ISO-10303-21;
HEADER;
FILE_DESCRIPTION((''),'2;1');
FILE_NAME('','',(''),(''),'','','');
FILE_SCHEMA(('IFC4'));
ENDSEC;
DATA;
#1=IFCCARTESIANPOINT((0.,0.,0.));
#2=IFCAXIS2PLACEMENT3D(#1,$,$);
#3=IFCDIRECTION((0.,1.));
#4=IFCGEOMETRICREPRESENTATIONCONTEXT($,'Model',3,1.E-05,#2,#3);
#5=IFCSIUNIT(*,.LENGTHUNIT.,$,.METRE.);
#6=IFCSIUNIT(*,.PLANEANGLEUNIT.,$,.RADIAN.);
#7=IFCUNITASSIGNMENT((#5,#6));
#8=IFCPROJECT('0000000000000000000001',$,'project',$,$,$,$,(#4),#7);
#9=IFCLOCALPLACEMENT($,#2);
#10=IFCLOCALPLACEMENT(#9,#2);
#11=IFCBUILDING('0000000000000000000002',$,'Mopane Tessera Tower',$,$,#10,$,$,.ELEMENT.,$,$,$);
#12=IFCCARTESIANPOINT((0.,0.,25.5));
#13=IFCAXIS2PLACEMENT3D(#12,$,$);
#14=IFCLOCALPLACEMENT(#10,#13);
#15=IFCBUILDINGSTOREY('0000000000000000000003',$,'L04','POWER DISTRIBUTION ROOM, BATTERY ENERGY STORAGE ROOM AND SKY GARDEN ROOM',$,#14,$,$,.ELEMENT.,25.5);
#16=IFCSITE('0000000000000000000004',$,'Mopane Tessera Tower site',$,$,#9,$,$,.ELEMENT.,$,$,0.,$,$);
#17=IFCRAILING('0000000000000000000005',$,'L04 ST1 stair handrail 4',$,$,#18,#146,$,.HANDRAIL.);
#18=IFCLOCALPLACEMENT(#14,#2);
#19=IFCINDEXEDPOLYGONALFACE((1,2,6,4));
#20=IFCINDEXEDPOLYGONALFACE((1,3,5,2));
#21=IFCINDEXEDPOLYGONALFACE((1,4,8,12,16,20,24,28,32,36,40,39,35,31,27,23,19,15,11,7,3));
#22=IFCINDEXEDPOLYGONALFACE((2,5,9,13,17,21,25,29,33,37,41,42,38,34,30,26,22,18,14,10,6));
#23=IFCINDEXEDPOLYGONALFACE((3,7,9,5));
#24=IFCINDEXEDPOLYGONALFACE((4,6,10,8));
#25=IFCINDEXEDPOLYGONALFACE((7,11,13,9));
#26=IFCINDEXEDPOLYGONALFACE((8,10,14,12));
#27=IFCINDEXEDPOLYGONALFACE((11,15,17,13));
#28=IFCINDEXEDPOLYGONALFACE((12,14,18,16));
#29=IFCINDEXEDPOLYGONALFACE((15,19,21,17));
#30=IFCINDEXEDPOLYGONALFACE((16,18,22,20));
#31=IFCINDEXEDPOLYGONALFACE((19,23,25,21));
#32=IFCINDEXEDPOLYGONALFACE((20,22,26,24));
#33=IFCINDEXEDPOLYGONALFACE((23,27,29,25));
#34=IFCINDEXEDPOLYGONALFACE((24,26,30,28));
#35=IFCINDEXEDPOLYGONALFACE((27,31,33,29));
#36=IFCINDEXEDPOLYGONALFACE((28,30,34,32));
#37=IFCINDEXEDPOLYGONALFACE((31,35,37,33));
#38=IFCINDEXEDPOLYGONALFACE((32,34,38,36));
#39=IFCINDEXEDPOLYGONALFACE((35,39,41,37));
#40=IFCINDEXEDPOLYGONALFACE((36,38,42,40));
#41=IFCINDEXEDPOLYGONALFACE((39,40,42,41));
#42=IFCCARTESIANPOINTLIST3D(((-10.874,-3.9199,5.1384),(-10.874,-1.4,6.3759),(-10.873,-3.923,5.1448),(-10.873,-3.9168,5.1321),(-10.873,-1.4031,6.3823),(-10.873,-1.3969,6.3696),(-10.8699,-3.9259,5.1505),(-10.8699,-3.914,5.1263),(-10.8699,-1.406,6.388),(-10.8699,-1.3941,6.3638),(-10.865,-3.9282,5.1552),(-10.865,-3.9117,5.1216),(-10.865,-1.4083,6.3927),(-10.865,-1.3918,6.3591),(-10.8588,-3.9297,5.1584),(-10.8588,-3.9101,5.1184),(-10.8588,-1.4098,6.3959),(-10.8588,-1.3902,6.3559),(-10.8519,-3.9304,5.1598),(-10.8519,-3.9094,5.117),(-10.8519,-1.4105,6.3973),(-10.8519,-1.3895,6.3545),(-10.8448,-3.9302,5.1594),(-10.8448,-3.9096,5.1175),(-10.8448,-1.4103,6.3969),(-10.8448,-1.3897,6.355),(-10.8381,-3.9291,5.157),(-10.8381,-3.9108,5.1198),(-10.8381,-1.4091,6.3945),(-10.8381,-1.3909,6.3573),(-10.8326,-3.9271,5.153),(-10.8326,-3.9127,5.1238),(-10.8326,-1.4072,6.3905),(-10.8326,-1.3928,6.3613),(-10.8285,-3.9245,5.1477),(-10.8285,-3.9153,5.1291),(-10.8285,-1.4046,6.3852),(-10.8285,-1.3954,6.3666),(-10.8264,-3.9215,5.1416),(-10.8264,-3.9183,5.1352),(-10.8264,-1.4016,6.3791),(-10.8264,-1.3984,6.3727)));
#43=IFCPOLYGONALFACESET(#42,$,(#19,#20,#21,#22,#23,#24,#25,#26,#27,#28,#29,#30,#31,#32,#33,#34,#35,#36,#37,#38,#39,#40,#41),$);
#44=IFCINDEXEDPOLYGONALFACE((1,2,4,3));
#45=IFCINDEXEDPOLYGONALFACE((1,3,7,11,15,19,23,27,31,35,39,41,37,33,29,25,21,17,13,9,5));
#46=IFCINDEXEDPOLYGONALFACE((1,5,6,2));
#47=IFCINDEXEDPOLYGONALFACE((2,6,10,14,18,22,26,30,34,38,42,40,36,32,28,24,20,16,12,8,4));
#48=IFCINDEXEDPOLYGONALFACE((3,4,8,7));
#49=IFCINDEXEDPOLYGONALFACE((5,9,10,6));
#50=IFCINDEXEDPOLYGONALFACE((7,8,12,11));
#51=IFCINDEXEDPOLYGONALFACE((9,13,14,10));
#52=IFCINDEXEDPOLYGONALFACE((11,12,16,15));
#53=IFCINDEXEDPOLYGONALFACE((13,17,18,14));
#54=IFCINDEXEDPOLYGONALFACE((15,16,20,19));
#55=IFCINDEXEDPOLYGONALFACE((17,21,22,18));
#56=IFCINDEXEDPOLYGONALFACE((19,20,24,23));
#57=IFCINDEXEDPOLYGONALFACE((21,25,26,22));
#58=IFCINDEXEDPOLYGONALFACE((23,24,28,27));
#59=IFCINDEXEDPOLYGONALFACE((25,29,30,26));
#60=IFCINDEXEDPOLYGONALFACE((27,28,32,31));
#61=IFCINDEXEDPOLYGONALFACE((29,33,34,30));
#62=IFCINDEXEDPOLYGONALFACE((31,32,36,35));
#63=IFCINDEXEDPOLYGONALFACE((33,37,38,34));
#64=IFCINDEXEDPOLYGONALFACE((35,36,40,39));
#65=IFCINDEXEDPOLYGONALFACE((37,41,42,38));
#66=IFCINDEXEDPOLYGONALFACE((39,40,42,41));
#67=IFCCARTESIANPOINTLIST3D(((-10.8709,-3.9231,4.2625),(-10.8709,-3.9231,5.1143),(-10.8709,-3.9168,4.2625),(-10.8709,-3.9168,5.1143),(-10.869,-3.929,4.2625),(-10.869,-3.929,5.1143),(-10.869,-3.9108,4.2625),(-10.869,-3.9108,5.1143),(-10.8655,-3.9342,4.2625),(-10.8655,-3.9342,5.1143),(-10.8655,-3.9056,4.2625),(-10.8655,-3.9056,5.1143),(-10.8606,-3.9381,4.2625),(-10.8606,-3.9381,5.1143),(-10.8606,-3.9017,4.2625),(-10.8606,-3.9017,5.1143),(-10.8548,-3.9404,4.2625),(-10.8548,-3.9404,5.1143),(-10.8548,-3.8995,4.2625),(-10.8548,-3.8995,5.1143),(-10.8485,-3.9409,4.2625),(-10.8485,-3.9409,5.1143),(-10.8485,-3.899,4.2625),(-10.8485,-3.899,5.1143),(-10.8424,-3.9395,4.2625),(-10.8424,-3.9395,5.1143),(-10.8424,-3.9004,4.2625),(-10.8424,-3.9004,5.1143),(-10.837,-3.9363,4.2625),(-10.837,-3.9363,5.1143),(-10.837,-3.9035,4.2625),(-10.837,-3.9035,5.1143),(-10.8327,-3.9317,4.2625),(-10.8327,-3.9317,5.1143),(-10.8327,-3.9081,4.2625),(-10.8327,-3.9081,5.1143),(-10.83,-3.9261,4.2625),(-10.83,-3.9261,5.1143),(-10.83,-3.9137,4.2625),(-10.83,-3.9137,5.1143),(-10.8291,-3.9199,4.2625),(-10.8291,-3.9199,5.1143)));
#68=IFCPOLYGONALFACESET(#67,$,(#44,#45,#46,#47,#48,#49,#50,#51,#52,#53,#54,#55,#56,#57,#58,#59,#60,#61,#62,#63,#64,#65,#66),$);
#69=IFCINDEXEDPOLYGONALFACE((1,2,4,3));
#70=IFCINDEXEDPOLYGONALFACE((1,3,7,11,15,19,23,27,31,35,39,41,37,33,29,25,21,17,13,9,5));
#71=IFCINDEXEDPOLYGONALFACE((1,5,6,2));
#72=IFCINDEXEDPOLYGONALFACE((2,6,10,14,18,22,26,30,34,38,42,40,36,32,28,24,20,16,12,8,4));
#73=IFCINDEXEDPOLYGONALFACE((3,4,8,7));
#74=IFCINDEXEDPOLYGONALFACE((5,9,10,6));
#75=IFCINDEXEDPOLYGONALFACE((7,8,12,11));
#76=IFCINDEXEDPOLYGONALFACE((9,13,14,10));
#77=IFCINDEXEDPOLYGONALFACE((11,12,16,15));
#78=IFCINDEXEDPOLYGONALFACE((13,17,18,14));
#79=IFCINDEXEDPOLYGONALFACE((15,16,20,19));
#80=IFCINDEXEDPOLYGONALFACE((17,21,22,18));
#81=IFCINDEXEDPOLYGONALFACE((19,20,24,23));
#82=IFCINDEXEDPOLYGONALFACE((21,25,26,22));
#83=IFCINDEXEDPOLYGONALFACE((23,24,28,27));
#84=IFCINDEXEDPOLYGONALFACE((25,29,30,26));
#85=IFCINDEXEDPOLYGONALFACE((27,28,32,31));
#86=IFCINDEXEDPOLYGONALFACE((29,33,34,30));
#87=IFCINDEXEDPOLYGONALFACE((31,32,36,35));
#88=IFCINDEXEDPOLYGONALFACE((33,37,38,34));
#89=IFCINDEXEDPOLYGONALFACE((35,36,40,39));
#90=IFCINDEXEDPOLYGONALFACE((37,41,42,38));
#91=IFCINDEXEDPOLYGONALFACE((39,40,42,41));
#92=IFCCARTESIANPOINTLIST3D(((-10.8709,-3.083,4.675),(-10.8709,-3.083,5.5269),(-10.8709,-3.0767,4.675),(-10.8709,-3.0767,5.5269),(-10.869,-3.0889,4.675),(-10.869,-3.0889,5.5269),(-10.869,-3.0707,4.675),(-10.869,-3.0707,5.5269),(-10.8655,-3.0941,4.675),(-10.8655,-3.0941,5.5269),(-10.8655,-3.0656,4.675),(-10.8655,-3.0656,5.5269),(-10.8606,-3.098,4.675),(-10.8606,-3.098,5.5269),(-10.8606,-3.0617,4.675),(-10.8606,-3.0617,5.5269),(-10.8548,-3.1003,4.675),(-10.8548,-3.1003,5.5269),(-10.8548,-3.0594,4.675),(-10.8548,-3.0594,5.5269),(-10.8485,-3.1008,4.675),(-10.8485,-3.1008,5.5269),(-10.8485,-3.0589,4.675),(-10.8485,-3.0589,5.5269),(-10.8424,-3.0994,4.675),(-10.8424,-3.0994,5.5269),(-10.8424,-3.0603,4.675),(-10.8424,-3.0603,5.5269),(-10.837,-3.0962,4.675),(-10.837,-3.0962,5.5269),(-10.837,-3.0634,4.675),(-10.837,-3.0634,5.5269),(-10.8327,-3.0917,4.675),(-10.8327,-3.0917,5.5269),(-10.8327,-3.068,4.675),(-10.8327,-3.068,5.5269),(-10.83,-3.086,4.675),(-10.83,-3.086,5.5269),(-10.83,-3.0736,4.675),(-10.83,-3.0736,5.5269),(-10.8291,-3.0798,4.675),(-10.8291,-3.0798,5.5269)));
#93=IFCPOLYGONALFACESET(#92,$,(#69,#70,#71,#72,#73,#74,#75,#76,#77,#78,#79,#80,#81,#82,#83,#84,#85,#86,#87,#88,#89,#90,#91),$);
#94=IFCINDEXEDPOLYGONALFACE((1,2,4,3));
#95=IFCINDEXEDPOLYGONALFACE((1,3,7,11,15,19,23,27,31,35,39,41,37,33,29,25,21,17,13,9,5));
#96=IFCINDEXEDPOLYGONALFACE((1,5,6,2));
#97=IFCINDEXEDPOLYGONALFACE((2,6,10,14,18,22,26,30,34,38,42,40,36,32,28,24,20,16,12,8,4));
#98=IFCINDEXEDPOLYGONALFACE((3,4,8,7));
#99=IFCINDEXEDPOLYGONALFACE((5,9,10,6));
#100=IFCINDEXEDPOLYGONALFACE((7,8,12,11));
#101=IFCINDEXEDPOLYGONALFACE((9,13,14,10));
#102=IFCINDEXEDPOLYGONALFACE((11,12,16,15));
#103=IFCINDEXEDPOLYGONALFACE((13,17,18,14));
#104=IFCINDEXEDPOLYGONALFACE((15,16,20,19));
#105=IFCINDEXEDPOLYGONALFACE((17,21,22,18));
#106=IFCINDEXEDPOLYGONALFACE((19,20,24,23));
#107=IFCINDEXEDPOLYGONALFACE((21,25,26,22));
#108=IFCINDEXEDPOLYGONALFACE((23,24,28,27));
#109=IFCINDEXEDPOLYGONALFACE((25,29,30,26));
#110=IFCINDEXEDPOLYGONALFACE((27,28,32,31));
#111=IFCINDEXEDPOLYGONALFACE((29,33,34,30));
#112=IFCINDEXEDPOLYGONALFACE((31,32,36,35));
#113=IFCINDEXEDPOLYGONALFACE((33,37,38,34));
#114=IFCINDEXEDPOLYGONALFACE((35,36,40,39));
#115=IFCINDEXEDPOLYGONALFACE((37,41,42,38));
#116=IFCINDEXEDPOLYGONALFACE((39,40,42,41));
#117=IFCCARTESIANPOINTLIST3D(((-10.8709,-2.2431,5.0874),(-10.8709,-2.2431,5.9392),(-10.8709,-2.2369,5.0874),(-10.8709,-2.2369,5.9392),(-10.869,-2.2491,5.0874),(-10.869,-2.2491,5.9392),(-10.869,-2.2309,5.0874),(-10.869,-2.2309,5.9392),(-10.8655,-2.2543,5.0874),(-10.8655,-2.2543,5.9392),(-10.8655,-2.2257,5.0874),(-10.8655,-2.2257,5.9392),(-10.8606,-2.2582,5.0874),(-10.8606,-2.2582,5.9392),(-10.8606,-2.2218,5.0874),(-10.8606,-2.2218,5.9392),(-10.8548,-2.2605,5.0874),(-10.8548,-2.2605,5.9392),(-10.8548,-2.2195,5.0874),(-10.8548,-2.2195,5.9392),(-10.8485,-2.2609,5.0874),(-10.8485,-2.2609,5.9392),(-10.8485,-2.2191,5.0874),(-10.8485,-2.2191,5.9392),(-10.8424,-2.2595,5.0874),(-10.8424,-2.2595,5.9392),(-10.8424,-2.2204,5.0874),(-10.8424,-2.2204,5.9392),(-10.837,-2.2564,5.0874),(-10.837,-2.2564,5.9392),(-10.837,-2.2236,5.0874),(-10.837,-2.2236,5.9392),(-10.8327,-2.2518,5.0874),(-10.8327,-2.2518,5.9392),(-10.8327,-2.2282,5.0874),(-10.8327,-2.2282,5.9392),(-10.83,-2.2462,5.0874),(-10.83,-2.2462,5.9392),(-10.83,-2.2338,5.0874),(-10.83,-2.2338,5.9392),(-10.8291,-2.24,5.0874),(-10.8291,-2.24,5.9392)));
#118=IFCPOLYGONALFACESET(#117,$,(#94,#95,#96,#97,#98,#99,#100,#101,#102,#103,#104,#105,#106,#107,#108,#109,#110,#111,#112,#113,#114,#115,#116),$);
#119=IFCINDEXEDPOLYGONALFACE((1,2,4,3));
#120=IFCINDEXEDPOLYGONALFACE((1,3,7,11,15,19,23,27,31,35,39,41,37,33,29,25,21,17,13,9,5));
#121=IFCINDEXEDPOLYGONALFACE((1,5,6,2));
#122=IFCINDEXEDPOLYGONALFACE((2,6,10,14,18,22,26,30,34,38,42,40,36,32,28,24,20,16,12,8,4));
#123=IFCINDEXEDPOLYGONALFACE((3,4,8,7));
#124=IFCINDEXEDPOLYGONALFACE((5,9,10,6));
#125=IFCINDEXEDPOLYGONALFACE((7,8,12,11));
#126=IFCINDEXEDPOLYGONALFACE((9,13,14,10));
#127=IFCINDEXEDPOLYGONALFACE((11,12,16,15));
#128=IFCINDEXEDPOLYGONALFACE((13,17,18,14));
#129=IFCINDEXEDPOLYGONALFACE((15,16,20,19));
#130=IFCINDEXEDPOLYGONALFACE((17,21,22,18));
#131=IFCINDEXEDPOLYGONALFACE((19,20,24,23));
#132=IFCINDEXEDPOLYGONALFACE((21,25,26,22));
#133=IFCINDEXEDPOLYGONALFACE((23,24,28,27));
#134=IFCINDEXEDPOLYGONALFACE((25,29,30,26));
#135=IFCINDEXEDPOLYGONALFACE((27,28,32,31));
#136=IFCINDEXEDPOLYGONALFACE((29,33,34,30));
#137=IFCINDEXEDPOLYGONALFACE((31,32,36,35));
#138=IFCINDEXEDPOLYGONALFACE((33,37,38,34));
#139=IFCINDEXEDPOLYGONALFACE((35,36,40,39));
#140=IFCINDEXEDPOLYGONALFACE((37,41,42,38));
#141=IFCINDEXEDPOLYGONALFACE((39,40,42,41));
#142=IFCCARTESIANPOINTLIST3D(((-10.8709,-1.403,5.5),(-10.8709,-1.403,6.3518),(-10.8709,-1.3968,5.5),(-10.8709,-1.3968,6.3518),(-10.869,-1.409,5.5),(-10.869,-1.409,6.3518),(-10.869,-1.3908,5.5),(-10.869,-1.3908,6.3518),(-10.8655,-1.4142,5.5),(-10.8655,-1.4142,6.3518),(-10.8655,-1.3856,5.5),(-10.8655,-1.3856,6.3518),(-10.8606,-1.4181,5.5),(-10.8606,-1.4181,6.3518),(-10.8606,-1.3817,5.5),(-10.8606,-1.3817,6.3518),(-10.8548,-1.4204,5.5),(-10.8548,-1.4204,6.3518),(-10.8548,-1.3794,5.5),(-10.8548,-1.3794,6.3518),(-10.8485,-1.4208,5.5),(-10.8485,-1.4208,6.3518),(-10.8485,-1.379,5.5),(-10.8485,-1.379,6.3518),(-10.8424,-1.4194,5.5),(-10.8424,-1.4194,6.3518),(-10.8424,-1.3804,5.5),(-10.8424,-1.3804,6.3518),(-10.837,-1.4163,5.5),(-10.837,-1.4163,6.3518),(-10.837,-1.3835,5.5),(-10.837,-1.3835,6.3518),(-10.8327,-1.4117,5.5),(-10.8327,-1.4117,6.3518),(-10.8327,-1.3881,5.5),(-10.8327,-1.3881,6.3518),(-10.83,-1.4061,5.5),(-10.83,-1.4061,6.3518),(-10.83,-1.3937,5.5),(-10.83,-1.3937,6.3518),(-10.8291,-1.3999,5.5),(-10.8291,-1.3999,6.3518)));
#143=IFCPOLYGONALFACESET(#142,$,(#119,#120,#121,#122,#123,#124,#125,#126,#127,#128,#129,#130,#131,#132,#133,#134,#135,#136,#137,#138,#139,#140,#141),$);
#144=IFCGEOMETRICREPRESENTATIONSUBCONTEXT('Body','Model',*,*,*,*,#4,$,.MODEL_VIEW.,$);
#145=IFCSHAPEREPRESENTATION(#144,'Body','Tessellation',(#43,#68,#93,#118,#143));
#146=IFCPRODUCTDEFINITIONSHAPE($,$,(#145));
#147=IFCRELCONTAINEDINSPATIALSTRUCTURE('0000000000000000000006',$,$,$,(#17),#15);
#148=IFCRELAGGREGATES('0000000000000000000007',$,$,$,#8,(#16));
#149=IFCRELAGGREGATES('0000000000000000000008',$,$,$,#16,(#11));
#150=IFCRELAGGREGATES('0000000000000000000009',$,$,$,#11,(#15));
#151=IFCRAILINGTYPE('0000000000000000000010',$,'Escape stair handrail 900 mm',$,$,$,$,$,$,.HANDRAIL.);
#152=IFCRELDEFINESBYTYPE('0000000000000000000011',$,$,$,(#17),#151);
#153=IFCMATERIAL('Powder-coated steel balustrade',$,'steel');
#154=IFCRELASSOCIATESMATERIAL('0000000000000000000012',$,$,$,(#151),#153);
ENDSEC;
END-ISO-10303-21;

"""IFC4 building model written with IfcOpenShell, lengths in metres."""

from ifc_helpers import new_model, si_unit, direction, frame, origin, origin_2d, place, context, subcontext, project, spatial, circle, extrude, material, type_object, element, save


model = new_model("IFC4")

# Units and contexts
model_context = context("Model", 3, precision=1e-05, world=origin(), true_north=direction((0.0, 1.0)))
body_context = subcontext(model_context, "Body", "Model", "MODEL_VIEW")
ifc_project = project(units=[si_unit("LENGTHUNIT", "METRE"), si_unit("PLANEANGLEUNIT", "RADIAN")], contexts=[model_context])

# Site, building, storey
site_placement = place(None, origin())
site = spatial("IfcSite", under=ifc_project, at=site_placement, Name="Mopane Tessera Tower site", CompositionType="ELEMENT", RefElevation=0.0)
building_placement = place(site_placement, origin())
building = spatial("IfcBuilding", under=site, at=building_placement, Name="Mopane Tessera Tower", CompositionType="ELEMENT")
storey_placement = place(building_placement, frame((0.0, 0.0, 25.5)))
storey = spatial("IfcBuildingStorey", under=building, at=storey_placement, Name="L04", Description="POWER DISTRIBUTION ROOM, BATTERY ENERGY STORAGE ROOM AND SKY GARDEN ROOM", CompositionType="ELEMENT", Elevation=25.5)

# Railing
ifc_material_1 = material(Name="Powder-coated steel balustrade", Category="steel")
railing_type_1 = type_object("IfcRailingType", Name="Escape stair handrail 900 mm", PredefinedType="HANDRAIL", material=ifc_material_1)
railing_1_placement = place(storey_placement, frame((-10.8501, -3.9199, 4.2625)))
element("IfcRailing", 1, at=railing_1_placement, inside=storey, type_object=railing_type_1, Name="L04 ST1 stair handrail 4", PredefinedType="HANDRAIL", context=body_context, shape_type="SweptSolid", body=[
    extrude(circle(Radius=0.0239, at=origin_2d()), frame((0.0, 0.0, 0.876), z_axis=(0.0, 0.897604, 0.440802), x_axis=(-1.0, 0.0, 0.0)), (0.0, 0.0, 1.0), 2.8074),
    extrude(circle(Radius=0.021, at=origin_2d()), origin(), (0.0, 0.0, 1.0), 0.8518),
    extrude(circle(Radius=0.021, at=origin_2d()), frame((0.0, 0.8401, 0.4126)), (0.0, 0.0, 1.0), 0.8518),
    extrude(circle(Radius=0.021, at=origin_2d()), frame((0.0, 1.6799, 0.825)), (0.0, 0.0, 1.0), 0.8518),
    extrude(circle(Radius=0.021, at=origin_2d()), frame((0.0, 2.52, 1.2375)), (0.0, 0.0, 1.0), 0.8518),
])

save(model, "model.ifc")
